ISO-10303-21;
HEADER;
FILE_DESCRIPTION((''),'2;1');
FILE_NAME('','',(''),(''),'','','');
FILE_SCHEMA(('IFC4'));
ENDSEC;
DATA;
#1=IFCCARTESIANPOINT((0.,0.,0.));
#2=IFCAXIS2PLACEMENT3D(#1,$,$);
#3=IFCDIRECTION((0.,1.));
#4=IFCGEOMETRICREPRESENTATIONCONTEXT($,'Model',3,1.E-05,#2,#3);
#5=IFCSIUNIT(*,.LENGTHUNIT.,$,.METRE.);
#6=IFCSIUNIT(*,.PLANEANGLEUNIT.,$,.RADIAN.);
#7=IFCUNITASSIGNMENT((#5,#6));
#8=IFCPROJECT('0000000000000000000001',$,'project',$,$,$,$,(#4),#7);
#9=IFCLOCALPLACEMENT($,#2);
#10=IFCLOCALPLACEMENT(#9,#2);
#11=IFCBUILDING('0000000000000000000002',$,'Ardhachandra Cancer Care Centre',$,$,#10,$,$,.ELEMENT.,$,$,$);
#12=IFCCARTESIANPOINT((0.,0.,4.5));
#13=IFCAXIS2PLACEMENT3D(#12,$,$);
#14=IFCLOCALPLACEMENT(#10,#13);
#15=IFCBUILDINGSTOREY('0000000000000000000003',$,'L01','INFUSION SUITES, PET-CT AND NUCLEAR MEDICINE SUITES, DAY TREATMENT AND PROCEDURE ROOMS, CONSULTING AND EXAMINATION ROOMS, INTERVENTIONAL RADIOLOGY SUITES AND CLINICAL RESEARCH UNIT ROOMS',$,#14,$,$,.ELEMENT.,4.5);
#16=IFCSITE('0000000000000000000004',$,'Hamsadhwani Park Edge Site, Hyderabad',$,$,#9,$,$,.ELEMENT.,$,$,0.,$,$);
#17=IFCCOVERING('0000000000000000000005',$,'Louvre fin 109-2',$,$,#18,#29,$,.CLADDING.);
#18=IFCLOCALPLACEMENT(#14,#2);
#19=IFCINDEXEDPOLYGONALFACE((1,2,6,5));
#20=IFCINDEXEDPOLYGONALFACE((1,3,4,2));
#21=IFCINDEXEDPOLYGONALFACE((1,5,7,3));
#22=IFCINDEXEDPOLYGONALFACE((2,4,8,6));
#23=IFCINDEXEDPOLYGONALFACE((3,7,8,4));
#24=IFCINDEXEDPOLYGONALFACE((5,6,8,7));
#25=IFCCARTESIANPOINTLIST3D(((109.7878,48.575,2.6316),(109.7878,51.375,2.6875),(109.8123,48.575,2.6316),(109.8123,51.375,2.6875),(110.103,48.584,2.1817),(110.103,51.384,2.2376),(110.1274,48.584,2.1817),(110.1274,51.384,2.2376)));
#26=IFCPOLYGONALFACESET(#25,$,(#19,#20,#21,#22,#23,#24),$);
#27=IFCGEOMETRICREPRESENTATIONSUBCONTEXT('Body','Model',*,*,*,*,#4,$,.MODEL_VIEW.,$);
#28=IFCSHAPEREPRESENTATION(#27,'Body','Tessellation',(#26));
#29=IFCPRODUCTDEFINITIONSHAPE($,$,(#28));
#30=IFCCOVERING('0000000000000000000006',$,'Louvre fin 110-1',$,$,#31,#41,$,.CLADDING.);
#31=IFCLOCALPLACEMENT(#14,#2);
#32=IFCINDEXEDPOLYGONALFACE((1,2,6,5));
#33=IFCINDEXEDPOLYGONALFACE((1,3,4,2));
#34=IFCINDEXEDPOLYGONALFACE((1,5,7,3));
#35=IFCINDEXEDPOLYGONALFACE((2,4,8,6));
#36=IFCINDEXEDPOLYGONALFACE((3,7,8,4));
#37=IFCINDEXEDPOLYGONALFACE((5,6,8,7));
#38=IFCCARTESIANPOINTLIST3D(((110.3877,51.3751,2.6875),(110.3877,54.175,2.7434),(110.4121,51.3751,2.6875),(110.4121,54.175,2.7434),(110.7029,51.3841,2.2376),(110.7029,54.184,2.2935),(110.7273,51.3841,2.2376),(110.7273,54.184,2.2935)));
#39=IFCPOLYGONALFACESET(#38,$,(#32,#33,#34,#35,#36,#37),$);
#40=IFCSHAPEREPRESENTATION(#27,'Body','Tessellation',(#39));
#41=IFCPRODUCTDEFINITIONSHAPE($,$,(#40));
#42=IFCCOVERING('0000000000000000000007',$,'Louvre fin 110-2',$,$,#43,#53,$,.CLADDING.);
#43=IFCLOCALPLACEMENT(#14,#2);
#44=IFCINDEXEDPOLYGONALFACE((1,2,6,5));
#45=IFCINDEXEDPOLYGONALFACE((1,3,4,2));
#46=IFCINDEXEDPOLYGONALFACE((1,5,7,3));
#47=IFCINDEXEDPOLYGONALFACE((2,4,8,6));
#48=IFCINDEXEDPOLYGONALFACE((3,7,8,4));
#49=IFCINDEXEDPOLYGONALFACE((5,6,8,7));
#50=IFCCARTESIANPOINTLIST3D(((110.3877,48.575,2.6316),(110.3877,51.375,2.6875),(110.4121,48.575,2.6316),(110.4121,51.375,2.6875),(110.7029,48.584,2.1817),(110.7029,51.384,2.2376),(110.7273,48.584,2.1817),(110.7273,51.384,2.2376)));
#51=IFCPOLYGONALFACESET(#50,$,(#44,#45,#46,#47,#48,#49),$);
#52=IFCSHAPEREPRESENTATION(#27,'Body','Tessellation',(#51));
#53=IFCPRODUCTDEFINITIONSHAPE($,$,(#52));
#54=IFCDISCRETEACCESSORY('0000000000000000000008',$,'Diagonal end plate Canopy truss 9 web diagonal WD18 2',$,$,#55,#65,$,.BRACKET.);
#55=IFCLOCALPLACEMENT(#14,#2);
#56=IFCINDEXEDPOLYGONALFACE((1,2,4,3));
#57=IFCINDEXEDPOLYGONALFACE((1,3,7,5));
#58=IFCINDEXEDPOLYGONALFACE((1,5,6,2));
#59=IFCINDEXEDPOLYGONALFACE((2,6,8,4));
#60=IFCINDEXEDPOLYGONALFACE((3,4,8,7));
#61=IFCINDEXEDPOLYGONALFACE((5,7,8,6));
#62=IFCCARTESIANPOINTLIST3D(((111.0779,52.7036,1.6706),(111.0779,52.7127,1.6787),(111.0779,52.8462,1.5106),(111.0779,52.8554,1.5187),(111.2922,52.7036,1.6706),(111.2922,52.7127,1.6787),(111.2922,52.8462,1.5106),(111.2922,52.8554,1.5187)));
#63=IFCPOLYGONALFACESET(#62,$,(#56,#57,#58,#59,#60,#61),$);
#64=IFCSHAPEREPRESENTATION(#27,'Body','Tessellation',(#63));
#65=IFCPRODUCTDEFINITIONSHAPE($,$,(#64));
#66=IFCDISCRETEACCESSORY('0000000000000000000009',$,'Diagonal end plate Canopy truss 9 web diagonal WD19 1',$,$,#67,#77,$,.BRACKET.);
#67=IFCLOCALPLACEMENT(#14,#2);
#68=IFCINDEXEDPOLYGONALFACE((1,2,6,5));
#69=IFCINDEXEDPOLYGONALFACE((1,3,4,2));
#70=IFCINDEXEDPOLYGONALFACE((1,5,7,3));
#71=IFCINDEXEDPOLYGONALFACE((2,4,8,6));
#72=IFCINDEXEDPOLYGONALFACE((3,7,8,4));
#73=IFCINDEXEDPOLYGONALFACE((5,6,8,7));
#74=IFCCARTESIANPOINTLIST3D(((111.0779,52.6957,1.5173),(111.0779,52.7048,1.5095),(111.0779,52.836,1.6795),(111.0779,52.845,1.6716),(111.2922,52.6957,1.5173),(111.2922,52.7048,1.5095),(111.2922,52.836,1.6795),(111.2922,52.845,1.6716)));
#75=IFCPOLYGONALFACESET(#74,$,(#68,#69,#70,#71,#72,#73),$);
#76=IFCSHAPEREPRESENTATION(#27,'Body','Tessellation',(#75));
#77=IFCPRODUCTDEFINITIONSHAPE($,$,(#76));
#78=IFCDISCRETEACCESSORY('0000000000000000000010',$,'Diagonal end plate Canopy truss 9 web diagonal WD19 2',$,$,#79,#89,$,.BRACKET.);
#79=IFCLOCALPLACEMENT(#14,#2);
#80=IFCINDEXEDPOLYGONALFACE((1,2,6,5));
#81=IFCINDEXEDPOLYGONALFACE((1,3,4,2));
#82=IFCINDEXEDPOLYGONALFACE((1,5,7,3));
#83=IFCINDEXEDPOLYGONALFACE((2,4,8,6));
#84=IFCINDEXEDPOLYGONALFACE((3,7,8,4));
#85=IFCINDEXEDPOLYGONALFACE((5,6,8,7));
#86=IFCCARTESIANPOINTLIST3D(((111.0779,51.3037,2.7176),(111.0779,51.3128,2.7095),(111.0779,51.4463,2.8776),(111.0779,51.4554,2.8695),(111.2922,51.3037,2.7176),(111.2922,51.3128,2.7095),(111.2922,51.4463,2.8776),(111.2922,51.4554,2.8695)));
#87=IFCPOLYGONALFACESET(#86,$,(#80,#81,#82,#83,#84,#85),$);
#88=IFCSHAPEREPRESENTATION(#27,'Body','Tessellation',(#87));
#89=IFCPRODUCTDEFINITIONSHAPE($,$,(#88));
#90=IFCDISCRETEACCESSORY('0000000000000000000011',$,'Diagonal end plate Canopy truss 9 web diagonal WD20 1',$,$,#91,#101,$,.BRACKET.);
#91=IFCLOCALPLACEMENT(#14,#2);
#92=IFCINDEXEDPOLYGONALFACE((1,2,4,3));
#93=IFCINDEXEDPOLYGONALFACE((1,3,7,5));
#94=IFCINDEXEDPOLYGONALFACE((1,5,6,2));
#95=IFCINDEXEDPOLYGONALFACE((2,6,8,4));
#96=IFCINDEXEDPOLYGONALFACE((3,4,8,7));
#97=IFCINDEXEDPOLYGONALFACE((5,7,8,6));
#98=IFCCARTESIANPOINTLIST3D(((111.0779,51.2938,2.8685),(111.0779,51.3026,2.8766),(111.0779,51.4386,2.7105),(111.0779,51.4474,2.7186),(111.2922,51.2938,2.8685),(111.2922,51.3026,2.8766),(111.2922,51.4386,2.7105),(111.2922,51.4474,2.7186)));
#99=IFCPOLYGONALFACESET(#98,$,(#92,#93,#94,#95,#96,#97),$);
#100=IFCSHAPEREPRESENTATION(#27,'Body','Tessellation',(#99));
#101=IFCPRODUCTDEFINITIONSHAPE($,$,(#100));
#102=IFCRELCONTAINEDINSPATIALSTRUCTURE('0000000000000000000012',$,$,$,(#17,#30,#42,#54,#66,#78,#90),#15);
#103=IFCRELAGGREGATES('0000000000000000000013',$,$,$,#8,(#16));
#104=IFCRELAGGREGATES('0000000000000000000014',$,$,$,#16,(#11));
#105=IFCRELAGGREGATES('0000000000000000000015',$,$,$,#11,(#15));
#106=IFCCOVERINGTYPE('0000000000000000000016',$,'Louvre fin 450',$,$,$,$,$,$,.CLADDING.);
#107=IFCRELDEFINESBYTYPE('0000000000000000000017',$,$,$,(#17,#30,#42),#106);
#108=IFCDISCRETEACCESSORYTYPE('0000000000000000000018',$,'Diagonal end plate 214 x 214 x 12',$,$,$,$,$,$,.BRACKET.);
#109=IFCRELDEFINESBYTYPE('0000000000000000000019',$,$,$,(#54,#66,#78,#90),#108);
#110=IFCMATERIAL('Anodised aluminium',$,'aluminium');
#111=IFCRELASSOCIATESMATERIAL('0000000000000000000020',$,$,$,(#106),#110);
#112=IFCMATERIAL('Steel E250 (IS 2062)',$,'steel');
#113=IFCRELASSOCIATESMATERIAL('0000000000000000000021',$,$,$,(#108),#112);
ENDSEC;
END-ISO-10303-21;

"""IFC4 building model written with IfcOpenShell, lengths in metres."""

from ifc_helpers import new_model, si_unit, direction, frame, origin, origin_2d, place, context, subcontext, project, spatial, polyline, rectangle, outline, extrude, material, material_profile, profile_set, type_object, element, save


model = new_model("IFC4")

# Units and contexts
model_context = context("Model", 3, precision=1e-05, world=origin(), true_north=direction((0.0, 1.0)))
body_context = subcontext(model_context, "Body", "Model", "MODEL_VIEW")
ifc_project = project(units=[si_unit("LENGTHUNIT", "METRE"), si_unit("PLANEANGLEUNIT", "RADIAN")], contexts=[model_context])

# Site, building, storey
site_placement = place(None, origin())
site = spatial("IfcSite", under=ifc_project, at=site_placement, Name="Hamsadhwani Park Edge Site, Hyderabad", CompositionType="ELEMENT", RefElevation=0.0)
building_placement = place(site_placement, origin())
building = spatial("IfcBuilding", under=site, at=building_placement, Name="Ardhachandra Cancer Care Centre", CompositionType="ELEMENT")
storey_placement = place(building_placement, frame((0.0, 0.0, 4.5)))
storey = spatial("IfcBuildingStorey", under=building, at=storey_placement, Name="L01", Description="INFUSION SUITES, PET-CT AND NUCLEAR MEDICINE SUITES, DAY TREATMENT AND PROCEDURE ROOMS, CONSULTING AND EXAMINATION ROOMS, INTERVENTIONAL RADIOLOGY SUITES AND CLINICAL RESEARCH UNIT ROOMS", CompositionType="ELEMENT", Elevation=4.5)

# Coverings
ifc_material_1 = material(Name="Anodised aluminium", Category="aluminium")
ifc_material_profile_1 = material_profile(ifc_material_1, outline(polyline([(-0.0122, 0.0), (0.0122, 0.0), (0.3274, -0.45), (0.303, -0.45), (-0.0122, 0.0)])), Name="Louvre fin 450")
ifc_profile_set_1 = profile_set([ifc_material_profile_1], Name="Anodised aluminium")
covering_type = type_object("IfcCoveringType", Name="Louvre fin 450", PredefinedType="CLADDING", material=ifc_profile_set_1)
for number, where, z_axis, x_axis, name in (
    (1, (109.8, 51.375, 2.6875), (0.0, -0.999801, -0.019963), (1.0, 0.0, 0.0), "Louvre fin 109-2"),
    (2, (110.3999, 54.175, 2.7434), (0.0, -0.999801, -0.019963), (1.0, 0.0, 0.0), "Louvre fin 110-1"),
    (3, (110.3999, 51.375, 2.6875), (0.0, -0.999801, -0.019963), (1.0, 0.0, 0.0), "Louvre fin 110-2"),
):
    element("IfcCovering", number, at=place(storey_placement, frame(where, z_axis=z_axis, x_axis=x_axis)), inside=storey, type_object=covering_type, Name=name, PredefinedType="CLADDING", context=body_context, shape_type="SweptSolid", body=[
        extrude(outline(polyline([(-0.0122, 0.0), (0.0122, 0.0), (0.3274, -0.45), (0.303, -0.45), (-0.0122, 0.0)])), origin(), (0.0, 0.0, 1.0), 2.8005),
    ])

# Discrete accessories
ifc_material_2 = material(Name="Steel E250 (IS 2062)", Category="steel")
ifc_material_profile_2 = material_profile(ifc_material_2, rectangle(XDim=0.2144, YDim=0.2144, at=origin_2d()), Name="PL 214x214x12")
ifc_profile_set_2 = profile_set([ifc_material_profile_2], Name="Steel E250 (IS 2062)")
discrete_accessory_type = type_object("IfcDiscreteAccessoryType", Name="Diagonal end plate 214 x 214 x 12", PredefinedType="BRACKET", material=ifc_profile_set_2)
discrete_accessory_1_placement = place(storey_placement, frame((111.1851, 52.7749, 1.5906), z_axis=(0.0, 0.746295, 0.665615), x_axis=(-1.0, 0.0, 0.0)))
element("IfcDiscreteAccessory", 4, at=discrete_accessory_1_placement, inside=storey, type_object=discrete_accessory_type, Name="Diagonal end plate Canopy truss 9 web diagonal WD18 2", PredefinedType="BRACKET", context=body_context, shape_type="SweptSolid", body=[
    extrude(rectangle(XDim=0.2144, YDim=0.2144, at=origin_2d()), origin(), (0.0, 0.0, 1.0), 0.0122),
])
discrete_accessory_2_placement = place(storey_placement, frame((111.1851, 52.7749, 1.5906), z_axis=(0.0, -0.756363, 0.654152), x_axis=(1.0, 0.0, 0.0)))
element("IfcDiscreteAccessory", 5, at=discrete_accessory_2_placement, inside=storey, type_object=discrete_accessory_type, Name="Diagonal end plate Canopy truss 9 web diagonal WD19 1", PredefinedType="BRACKET", context=body_context, shape_type="SweptSolid", body=[
    extrude(rectangle(XDim=0.2144, YDim=0.2144, at=origin_2d()), origin(), (0.0, 0.0, 1.0), 0.012),
])
discrete_accessory_3_placement = place(storey_placement, frame((111.1851, 51.375, 2.7976), z_axis=(0.0, 0.746295, -0.665615), x_axis=(-1.0, 0.0, 0.0)))
element("IfcDiscreteAccessory", 6, at=discrete_accessory_3_placement, inside=storey, type_object=discrete_accessory_type, Name="Diagonal end plate Canopy truss 9 web diagonal WD19 2", PredefinedType="BRACKET", context=body_context, shape_type="SweptSolid", body=[
    extrude(rectangle(XDim=0.2144, YDim=0.2144, at=origin_2d()), origin(), (0.0, 0.0, 1.0), 0.0122),
])
discrete_accessory_4_placement = place(storey_placement, frame((111.1851, 51.375, 2.7976), z_axis=(0.0, -0.737154, -0.675725), x_axis=(1.0, 0.0, 0.0)))
element("IfcDiscreteAccessory", 7, at=discrete_accessory_4_placement, inside=storey, type_object=discrete_accessory_type, Name="Diagonal end plate Canopy truss 9 web diagonal WD20 1", PredefinedType="BRACKET", context=body_context, shape_type="SweptSolid", body=[
    extrude(rectangle(XDim=0.2144, YDim=0.2144, at=origin_2d()), origin(), (0.0, 0.0, 1.0), 0.012),
])

save(model, "model.ifc")
